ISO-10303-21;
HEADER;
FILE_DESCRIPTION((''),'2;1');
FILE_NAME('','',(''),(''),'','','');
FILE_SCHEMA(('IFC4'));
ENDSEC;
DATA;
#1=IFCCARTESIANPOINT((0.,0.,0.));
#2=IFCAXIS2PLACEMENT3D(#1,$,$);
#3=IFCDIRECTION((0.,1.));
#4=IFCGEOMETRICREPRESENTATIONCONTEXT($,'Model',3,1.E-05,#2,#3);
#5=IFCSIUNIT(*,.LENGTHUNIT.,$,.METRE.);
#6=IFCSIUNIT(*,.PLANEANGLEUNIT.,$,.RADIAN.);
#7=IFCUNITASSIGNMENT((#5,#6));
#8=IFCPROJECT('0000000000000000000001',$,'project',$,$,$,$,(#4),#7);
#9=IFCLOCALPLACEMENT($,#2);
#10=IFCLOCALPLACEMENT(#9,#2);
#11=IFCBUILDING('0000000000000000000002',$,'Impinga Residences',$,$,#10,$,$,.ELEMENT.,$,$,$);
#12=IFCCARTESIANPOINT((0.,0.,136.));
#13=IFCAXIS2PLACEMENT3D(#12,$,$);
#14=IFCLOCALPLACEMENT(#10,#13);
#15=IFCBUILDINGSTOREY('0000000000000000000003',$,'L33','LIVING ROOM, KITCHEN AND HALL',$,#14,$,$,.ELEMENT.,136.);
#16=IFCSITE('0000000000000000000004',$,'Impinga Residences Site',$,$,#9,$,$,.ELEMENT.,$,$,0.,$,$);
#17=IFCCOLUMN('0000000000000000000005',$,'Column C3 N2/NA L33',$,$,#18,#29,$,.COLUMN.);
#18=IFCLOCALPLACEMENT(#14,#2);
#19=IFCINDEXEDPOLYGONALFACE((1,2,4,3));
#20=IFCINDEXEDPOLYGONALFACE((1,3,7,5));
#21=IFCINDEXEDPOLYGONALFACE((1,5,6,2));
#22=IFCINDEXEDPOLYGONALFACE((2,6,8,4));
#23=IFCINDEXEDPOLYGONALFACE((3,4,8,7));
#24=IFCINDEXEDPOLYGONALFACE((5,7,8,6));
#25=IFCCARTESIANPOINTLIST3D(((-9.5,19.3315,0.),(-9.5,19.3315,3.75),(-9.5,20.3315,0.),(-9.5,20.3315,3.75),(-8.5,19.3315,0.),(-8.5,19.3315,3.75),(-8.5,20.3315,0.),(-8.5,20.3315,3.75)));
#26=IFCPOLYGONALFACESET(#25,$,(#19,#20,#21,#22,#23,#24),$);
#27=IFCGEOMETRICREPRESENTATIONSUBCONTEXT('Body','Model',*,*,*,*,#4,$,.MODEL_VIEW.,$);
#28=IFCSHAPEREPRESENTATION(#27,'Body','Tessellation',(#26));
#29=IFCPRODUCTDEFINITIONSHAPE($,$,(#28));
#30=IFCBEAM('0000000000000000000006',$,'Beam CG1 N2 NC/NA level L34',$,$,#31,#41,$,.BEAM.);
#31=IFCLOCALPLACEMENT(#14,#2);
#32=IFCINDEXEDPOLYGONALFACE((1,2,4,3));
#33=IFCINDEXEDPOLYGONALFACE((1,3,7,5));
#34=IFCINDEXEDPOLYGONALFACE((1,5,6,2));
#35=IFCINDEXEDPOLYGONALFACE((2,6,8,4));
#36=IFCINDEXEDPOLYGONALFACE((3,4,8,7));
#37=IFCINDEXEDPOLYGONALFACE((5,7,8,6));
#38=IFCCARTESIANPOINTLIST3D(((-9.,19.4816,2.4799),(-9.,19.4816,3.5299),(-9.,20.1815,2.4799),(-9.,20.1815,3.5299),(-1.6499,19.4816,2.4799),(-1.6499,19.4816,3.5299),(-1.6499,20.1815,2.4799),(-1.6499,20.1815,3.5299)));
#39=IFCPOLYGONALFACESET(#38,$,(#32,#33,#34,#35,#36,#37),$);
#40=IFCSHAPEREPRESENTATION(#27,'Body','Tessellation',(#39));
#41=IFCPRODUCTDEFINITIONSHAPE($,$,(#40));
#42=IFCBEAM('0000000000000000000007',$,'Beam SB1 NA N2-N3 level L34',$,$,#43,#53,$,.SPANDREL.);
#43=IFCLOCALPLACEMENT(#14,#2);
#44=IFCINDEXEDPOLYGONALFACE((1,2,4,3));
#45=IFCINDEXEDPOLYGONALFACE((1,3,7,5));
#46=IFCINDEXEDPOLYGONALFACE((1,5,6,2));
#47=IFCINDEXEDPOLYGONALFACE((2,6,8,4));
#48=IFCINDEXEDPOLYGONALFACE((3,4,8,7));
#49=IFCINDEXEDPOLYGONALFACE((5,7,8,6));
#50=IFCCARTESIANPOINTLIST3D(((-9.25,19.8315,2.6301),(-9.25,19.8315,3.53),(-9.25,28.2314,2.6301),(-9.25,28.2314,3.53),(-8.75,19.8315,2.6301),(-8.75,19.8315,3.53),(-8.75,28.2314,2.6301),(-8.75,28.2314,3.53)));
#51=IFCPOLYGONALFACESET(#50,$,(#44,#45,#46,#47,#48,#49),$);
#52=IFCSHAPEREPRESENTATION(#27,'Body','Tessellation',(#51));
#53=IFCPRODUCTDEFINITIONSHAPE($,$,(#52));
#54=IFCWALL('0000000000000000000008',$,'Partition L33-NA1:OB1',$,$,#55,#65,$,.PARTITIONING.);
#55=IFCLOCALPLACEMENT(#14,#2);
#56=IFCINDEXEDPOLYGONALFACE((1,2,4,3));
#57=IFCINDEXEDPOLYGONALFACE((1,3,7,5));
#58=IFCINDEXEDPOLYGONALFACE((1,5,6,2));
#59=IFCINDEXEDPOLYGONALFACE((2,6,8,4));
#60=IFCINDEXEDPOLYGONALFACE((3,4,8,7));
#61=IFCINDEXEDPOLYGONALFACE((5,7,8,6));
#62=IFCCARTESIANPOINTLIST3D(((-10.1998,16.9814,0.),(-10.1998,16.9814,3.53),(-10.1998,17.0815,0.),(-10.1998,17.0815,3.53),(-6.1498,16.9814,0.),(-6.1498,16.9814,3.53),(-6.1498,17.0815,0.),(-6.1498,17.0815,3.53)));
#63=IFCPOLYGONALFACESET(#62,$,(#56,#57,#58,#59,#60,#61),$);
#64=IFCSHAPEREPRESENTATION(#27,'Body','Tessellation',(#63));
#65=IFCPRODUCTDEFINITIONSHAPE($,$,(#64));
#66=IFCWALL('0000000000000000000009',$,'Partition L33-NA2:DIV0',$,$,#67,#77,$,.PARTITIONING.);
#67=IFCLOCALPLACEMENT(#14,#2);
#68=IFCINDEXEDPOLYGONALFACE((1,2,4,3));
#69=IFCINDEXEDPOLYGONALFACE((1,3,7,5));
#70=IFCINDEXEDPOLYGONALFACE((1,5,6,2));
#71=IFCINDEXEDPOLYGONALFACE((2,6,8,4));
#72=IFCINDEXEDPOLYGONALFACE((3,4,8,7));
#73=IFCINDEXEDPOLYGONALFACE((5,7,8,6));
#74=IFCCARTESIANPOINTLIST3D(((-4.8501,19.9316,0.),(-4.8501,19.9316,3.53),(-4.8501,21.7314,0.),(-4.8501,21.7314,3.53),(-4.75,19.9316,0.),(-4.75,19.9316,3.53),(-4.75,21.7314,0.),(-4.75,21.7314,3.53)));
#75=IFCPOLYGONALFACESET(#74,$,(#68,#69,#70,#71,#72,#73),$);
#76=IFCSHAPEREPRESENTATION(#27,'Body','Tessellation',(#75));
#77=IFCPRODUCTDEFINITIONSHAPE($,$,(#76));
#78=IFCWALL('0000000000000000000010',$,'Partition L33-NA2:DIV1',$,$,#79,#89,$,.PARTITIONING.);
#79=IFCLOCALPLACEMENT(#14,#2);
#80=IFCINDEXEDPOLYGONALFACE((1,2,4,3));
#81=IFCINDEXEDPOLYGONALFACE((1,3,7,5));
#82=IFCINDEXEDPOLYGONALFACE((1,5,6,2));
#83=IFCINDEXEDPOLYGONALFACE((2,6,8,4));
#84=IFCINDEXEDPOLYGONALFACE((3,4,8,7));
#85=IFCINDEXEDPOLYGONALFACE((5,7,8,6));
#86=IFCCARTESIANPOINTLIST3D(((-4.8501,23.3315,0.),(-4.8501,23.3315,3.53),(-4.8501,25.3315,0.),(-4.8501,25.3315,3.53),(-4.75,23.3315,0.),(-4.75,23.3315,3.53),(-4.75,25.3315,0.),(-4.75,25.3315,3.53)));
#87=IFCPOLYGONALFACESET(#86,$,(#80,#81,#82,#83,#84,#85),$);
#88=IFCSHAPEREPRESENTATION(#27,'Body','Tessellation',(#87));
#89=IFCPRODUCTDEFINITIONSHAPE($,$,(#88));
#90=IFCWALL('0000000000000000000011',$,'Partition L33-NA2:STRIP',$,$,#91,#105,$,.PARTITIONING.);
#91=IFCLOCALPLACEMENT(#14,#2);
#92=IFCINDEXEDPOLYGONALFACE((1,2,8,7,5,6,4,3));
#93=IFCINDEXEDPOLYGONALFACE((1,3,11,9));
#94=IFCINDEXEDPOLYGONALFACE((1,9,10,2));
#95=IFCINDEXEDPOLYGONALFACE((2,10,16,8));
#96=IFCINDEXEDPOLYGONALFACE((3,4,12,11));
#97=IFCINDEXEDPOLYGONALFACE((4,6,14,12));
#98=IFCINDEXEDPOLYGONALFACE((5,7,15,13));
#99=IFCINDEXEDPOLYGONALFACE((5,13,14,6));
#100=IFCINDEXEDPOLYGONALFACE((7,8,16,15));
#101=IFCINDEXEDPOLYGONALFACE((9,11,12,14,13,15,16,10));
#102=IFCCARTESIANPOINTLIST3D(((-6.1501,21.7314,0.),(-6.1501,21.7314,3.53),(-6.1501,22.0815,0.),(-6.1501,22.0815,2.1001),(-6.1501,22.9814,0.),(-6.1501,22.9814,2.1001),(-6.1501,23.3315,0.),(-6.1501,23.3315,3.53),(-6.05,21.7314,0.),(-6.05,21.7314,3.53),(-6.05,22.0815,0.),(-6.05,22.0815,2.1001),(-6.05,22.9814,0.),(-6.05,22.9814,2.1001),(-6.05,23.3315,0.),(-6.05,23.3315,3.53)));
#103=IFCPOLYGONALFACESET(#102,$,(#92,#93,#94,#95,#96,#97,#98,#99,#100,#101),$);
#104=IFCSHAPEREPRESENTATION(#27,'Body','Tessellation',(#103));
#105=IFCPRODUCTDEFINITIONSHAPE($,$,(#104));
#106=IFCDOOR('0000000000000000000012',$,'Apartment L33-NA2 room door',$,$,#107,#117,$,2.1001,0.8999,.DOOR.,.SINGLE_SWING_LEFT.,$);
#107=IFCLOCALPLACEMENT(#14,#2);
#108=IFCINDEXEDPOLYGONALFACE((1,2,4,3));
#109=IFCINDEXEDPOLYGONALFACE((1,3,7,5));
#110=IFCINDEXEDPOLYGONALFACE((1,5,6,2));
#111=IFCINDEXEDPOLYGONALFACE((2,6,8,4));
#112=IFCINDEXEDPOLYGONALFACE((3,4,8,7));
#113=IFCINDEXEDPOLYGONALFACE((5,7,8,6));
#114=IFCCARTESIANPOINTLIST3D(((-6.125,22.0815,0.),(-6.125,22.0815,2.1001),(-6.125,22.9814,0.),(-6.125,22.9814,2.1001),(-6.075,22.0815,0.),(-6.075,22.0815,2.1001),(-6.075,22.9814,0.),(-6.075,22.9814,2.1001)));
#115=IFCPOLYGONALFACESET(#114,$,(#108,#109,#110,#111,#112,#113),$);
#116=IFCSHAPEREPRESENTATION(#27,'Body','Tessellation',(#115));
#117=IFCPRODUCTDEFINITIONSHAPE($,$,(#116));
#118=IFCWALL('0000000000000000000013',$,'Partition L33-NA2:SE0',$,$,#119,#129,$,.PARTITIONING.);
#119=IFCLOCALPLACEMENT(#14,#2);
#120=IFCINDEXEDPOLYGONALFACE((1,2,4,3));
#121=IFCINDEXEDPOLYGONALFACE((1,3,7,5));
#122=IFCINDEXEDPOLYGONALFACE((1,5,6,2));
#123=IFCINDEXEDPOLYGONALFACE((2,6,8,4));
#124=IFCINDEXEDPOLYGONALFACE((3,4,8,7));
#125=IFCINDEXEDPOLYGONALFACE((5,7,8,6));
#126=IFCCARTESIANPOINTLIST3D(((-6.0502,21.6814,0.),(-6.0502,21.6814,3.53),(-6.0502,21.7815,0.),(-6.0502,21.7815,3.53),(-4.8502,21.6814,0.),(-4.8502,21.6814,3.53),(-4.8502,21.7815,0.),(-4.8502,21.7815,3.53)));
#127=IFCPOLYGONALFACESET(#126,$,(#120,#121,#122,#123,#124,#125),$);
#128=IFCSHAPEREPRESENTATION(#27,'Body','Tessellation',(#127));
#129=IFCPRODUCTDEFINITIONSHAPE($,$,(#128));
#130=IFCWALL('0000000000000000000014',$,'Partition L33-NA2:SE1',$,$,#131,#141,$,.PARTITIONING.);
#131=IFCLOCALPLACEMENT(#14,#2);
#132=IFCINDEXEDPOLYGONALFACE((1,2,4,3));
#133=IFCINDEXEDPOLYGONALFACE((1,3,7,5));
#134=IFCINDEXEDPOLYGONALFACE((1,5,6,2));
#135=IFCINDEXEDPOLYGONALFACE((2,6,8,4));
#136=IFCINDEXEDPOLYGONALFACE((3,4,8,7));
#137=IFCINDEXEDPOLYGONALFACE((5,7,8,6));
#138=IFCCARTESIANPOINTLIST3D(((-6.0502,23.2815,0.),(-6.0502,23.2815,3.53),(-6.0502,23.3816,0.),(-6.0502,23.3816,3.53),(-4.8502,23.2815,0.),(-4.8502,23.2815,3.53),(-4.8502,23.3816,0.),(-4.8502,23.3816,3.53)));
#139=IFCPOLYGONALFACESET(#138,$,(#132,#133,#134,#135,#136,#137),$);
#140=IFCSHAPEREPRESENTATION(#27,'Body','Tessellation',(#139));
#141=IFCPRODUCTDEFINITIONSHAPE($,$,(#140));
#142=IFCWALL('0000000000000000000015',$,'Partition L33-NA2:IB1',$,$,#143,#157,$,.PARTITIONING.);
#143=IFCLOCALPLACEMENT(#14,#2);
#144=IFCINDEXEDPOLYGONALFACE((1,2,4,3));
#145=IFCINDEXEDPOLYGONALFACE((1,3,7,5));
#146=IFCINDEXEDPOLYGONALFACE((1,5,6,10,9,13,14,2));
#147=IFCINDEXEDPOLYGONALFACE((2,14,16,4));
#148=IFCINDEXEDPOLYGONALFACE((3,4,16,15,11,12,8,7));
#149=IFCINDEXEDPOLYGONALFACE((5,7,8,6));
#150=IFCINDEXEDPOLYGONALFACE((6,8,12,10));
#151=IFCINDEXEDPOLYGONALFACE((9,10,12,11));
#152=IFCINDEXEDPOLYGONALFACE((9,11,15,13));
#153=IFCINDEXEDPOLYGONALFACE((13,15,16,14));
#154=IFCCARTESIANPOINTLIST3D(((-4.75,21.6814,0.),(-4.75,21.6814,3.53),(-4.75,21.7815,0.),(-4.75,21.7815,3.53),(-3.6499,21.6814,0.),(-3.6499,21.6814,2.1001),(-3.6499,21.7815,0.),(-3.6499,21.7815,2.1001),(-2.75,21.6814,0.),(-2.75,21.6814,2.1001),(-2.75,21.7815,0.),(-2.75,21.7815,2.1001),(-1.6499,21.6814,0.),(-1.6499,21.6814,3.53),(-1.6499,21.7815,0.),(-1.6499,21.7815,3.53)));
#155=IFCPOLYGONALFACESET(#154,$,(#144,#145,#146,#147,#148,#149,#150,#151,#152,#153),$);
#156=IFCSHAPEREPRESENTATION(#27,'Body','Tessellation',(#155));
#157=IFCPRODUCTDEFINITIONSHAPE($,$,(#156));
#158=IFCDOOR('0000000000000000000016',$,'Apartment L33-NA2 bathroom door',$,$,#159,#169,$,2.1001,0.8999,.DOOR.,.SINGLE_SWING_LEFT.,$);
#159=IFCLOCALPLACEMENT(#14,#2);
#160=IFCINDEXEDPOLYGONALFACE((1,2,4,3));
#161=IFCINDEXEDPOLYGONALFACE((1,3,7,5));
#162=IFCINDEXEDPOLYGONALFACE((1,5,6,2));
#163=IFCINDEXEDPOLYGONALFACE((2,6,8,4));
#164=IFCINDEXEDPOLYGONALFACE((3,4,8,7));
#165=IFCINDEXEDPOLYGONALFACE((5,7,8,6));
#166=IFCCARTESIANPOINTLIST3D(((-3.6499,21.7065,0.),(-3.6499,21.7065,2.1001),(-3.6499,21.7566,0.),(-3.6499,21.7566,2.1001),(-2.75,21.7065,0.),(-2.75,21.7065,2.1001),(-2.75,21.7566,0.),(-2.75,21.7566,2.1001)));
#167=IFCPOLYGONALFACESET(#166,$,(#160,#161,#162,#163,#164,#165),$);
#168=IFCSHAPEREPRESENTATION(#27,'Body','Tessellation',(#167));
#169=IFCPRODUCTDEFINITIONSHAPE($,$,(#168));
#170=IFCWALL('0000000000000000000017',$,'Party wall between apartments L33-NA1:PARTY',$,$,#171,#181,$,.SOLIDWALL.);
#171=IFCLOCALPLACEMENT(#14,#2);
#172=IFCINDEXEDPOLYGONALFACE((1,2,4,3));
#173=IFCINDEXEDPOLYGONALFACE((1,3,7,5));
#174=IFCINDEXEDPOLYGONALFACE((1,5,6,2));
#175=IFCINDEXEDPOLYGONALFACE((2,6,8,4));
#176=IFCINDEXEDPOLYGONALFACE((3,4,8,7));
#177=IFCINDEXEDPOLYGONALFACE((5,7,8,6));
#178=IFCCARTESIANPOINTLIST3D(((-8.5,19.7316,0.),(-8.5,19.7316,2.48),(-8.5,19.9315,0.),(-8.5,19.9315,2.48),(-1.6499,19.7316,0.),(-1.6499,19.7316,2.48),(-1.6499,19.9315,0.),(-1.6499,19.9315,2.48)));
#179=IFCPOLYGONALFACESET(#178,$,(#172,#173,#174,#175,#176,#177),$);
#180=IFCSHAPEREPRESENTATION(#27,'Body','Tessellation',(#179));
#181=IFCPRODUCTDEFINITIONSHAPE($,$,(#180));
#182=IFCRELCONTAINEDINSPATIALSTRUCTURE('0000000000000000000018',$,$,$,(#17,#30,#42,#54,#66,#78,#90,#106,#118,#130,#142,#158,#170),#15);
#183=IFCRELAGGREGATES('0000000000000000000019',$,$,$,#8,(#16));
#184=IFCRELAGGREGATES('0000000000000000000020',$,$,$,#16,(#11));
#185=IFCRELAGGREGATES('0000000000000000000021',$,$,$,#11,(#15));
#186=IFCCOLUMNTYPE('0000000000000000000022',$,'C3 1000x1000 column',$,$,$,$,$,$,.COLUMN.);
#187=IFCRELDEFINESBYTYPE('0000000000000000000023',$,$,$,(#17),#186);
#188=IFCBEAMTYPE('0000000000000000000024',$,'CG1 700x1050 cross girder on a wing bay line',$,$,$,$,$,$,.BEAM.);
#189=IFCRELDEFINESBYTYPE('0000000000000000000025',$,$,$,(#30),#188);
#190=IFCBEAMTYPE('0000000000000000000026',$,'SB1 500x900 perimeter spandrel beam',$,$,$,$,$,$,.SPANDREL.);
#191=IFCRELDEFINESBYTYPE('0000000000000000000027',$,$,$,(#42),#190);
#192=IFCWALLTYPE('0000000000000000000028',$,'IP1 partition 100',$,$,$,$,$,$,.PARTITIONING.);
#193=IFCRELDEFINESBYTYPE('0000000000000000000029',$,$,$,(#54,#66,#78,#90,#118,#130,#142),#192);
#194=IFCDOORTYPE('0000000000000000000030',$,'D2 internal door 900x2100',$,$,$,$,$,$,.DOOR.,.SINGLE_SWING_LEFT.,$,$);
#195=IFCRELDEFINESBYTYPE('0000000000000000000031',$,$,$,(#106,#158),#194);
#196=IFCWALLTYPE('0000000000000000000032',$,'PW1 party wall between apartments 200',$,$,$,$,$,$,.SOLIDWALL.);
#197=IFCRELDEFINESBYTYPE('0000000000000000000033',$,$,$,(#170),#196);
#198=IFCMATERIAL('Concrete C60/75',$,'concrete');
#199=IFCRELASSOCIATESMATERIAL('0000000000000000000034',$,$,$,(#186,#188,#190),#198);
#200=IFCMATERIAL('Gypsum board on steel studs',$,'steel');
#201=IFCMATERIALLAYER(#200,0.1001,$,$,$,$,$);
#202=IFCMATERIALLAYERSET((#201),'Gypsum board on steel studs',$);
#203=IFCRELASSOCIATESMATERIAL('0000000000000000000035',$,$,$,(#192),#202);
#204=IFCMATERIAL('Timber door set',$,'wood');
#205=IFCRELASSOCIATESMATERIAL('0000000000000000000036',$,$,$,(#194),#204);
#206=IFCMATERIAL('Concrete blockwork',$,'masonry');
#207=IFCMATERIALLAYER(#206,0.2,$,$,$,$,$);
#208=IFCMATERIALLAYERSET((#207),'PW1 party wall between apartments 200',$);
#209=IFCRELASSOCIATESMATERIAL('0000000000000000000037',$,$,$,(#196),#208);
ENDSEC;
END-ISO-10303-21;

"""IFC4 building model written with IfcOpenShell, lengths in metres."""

from ifc_helpers import new_model, si_unit, direction, frame, frame_2d, origin, origin_2d, place, context, subcontext, project, spatial, rectangle, extrude, material, layer, layer_set, material_profile, profile_set, type_object, element, fill, save


model = new_model("IFC4")

# Units and contexts
model_context = context("Model", 3, precision=1e-05, world=origin(), true_north=direction((0.0, 1.0)))
body_context = subcontext(model_context, "Body", "Model", "MODEL_VIEW")
ifc_project = project(units=[si_unit("LENGTHUNIT", "METRE"), si_unit("PLANEANGLEUNIT", "RADIAN")], contexts=[model_context])

# Site, building, storey
site_placement = place(None, origin())
site = spatial("IfcSite", under=ifc_project, at=site_placement, Name="Impinga Residences Site", CompositionType="ELEMENT", RefElevation=0.0)
building_placement = place(site_placement, origin())
building = spatial("IfcBuilding", under=site, at=building_placement, Name="Impinga Residences", CompositionType="ELEMENT")
storey_placement = place(building_placement, frame((0.0, 0.0, 136.0)))
storey = spatial("IfcBuildingStorey", under=building, at=storey_placement, Name="L33", Description="LIVING ROOM, KITCHEN AND HALL", CompositionType="ELEMENT", Elevation=136.0)

# Column
ifc_material_1 = material(Name="Concrete C60/75", Category="concrete")
ifc_material_profile_1 = material_profile(ifc_material_1, rectangle(XDim=1.0, YDim=1.0, at=origin_2d()), Name="RC 1000x1000")
ifc_profile_set_1 = profile_set([ifc_material_profile_1], Name="Concrete C60/75")
column_type = type_object("IfcColumnType", Name="C3 1000x1000 column", PredefinedType="COLUMN", material=ifc_profile_set_1)
column_placement = place(storey_placement, frame((-9.0, 19.8315, 0.0), z_axis=(0.0, 0.0, 1.0), x_axis=(1.0, 0.0, 0.0)))
element("IfcColumn", 1, at=column_placement, inside=storey, type_object=column_type, Name="Column C3 N2/NA L33", PredefinedType="COLUMN", context=body_context, shape_type="SweptSolid", body=[
    extrude(rectangle(XDim=1.0, YDim=1.0, at=origin_2d()), origin(), (0.0, 0.0, 1.0), 3.75),
])

# Beams
ifc_material_profile_2 = material_profile(ifc_material_1, rectangle(XDim=0.7, YDim=1.05, at=origin_2d()), Name="RC 700x1050")
ifc_profile_set_2 = profile_set([ifc_material_profile_2], Name="Concrete C60/75")
beam_type_1 = type_object("IfcBeamType", Name="CG1 700x1050 cross girder on a wing bay line", PredefinedType="BEAM", material=ifc_profile_set_2)
beam_1_placement = place(storey_placement, frame((-1.6499, 19.8315, 3.0049), z_axis=(-1.0, 0.0, 0.0), x_axis=(0.0, -1.0, 0.0)))
element("IfcBeam", 2, at=beam_1_placement, inside=storey, type_object=beam_type_1, Name="Beam CG1 N2 NC/NA level L34", PredefinedType="BEAM", context=body_context, shape_type="SweptSolid", body=[
    extrude(rectangle(XDim=0.7, YDim=1.05, at=origin_2d()), origin(), (0.0, 0.0, 1.0), 7.3501),
])
ifc_material_profile_3 = material_profile(ifc_material_1, rectangle(XDim=0.5, YDim=0.8999, at=origin_2d()), Name="RC 500x900")
ifc_profile_set_3 = profile_set([ifc_material_profile_3], Name="Concrete C60/75")
beam_type_2 = type_object("IfcBeamType", Name="SB1 500x900 perimeter spandrel beam", PredefinedType="SPANDREL", material=ifc_profile_set_3)
beam_2_placement = place(storey_placement, frame((-9.0, 19.8315, 3.0801), z_axis=(0.0, 1.0, 0.0), x_axis=(-1.0, 0.0, 0.0)))
element("IfcBeam", 3, at=beam_2_placement, inside=storey, type_object=beam_type_2, Name="Beam SB1 NA N2-N3 level L34", PredefinedType="SPANDREL", context=body_context, shape_type="SweptSolid", body=[
    extrude(rectangle(XDim=0.5, YDim=0.8999, at=origin_2d()), origin(), (0.0, 0.0, 1.0), 8.3999),
])

# Walls
ifc_material_2 = material(Name="Gypsum board on steel studs", Category="steel")
ifc_layer_1 = layer(ifc_material_2, 0.1001)
ifc_layer_set_1 = layer_set([ifc_layer_1], Name="Gypsum board on steel studs")
wall_type_1 = type_object("IfcWallType", Name="IP1 partition 100", PredefinedType="PARTITIONING", material=ifc_layer_set_1)
wall_1_placement = place(storey_placement, frame((-6.1499, 17.0315, 0.0), z_axis=(0.0, 0.0, 1.0), x_axis=(-1.0, 0.0, 0.0)))
element("IfcWall", 4, at=wall_1_placement, inside=storey, type_object=wall_type_1, Name="Partition L33-NA1:OB1", PredefinedType="PARTITIONING", context=body_context, shape_type="SweptSolid", body=[
    extrude(rectangle(XDim=4.05, YDim=0.1001, at=frame_2d((2.0249, 0.0))), origin(), (0.0, 0.0, 1.0), 3.53),
])
wall_2_placement = place(storey_placement, frame((-4.8, 19.9316, 0.0), z_axis=(0.0, 0.0, 1.0), x_axis=(0.0, 1.0, 0.0)))
element("IfcWall", 5, at=wall_2_placement, inside=storey, type_object=wall_type_1, Name="Partition L33-NA2:DIV0", PredefinedType="PARTITIONING", context=body_context, shape_type="SweptSolid", body=[
    extrude(rectangle(XDim=1.7998, YDim=0.1001, at=frame_2d((0.8999, 0.0))), origin(), (0.0, 0.0, 1.0), 3.53),
])
wall_3_placement = place(storey_placement, frame((-4.8, 23.3315, 0.0), z_axis=(0.0, 0.0, 1.0), x_axis=(0.0, 1.0, 0.0)))
element("IfcWall", 6, at=wall_3_placement, inside=storey, type_object=wall_type_1, Name="Partition L33-NA2:DIV1", PredefinedType="PARTITIONING", context=body_context, shape_type="SweptSolid", body=[
    extrude(rectangle(XDim=2.0, YDim=0.1001, at=frame_2d((1.0, 0.0))), origin(), (0.0, 0.0, 1.0), 3.53),
])

# Wall, opening, door
wall_4_placement = place(storey_placement, frame((-6.1001, 21.7314, 0.0), z_axis=(0.0, 0.0, 1.0), x_axis=(0.0, 1.0, 0.0)))
wall_4 = element("IfcWall", 7, at=wall_4_placement, inside=storey, type_object=wall_type_1, Name="Partition L33-NA2:STRIP", PredefinedType="PARTITIONING", context=body_context, shape_type="SweptSolid", body=[
    extrude(rectangle(XDim=1.6001, YDim=0.1001, at=frame_2d((0.8, 0.0))), origin(), (0.0, 0.0, 1.0), 3.53),
])
opening_1_placement = place(wall_4_placement, frame((0.3501, 0.0, 0.0)))
opening_1 = element("IfcOpeningElement", 8, at=opening_1_placement, cuts=wall_4, PredefinedType="OPENING", context=body_context, shape_type="SweptSolid", body=[
    extrude(rectangle(XDim=0.8999, YDim=2.1001, at=frame_2d((0.45, 1.05))), frame((0.0, 0.0601, 0.0), z_axis=(0.0, -1.0, 0.0), x_axis=(1.0, 0.0, 0.0)), (0.0, 0.0, 1.0), 0.1201),
])
ifc_material_3 = material(Name="Timber door set", Category="wood")
door_type = type_object("IfcDoorType", Name="D2 internal door 900x2100", OperationType="SINGLE_SWING_LEFT", PredefinedType="DOOR", material=ifc_material_3)
door_1_placement = place(opening_1_placement, origin())
door_1 = element("IfcDoor", 9, at=door_1_placement, inside=storey, type_object=door_type, Name="Apartment L33-NA2 room door", OperationType="SINGLE_SWING_LEFT", OverallHeight=2.1001, OverallWidth=0.8999, PredefinedType="DOOR", context=body_context, shape_type="SweptSolid", body=[
    extrude(rectangle(XDim=0.8999, YDim=2.1001, at=frame_2d((0.45, 1.05))), frame((0.0, 0.0249, 0.0), z_axis=(0.0, -1.0, 0.0), x_axis=(1.0, 0.0, 0.0)), (0.0, 0.0, 1.0), 0.05),
])
fill(opening_1, door_1)

# Walls
for number, where, z_axis, x_axis, name in (
    (10, (-4.8501, 21.7314, 0.0), (0.0, 0.0, 1.0), (-1.0, 0.0, 0.0), "Partition L33-NA2:SE0"),
    (11, (-4.8501, 23.3315, 0.0), (0.0, 0.0, 1.0), (-1.0, 0.0, 0.0), "Partition L33-NA2:SE1"),
):
    element("IfcWall", number, at=place(storey_placement, frame(where, z_axis=z_axis, x_axis=x_axis)), inside=storey, type_object=wall_type_1, Name=name, PredefinedType="PARTITIONING", context=body_context, shape_type="SweptSolid", body=[
        extrude(rectangle(XDim=1.2, YDim=0.1001, at=frame_2d((0.6001, 0.0))), origin(), (0.0, 0.0, 1.0), 3.53),
    ])

# Wall, opening, door
wall_5_placement = place(storey_placement, frame((-1.6499, 21.7314, 0.0), z_axis=(0.0, 0.0, 1.0), x_axis=(-1.0, 0.0, 0.0)))
wall_5 = element("IfcWall", 12, at=wall_5_placement, inside=storey, type_object=wall_type_1, Name="Partition L33-NA2:IB1", PredefinedType="PARTITIONING", context=body_context, shape_type="SweptSolid", body=[
    extrude(rectangle(XDim=3.1001, YDim=0.1001, at=frame_2d((1.55, 0.0))), origin(), (0.0, 0.0, 1.0), 3.53),
])
opening_2_placement = place(wall_5_placement, frame((1.1001, 0.0, 0.0)))
opening_2 = element("IfcOpeningElement", 13, at=opening_2_placement, cuts=wall_5, PredefinedType="OPENING", context=body_context, shape_type="SweptSolid", body=[
    extrude(rectangle(XDim=0.8999, YDim=2.1001, at=frame_2d((0.45, 1.05))), frame((0.0, 0.0601, 0.0), z_axis=(0.0, -1.0, 0.0), x_axis=(1.0, 0.0, 0.0)), (0.0, 0.0, 1.0), 0.1201),
])
door_2_placement = place(opening_2_placement, origin())
door_2 = element("IfcDoor", 14, at=door_2_placement, inside=storey, type_object=door_type, Name="Apartment L33-NA2 bathroom door", OperationType="SINGLE_SWING_LEFT", OverallHeight=2.1001, OverallWidth=0.8999, PredefinedType="DOOR", context=body_context, shape_type="SweptSolid", body=[
    extrude(rectangle(XDim=0.8999, YDim=2.1001, at=frame_2d((0.45, 1.05))), frame((0.0, 0.0249, 0.0), z_axis=(0.0, -1.0, 0.0), x_axis=(1.0, 0.0, 0.0)), (0.0, 0.0, 1.0), 0.05),
])
fill(opening_2, door_2)

# Wall
ifc_material_4 = material(Name="Concrete blockwork", Category="masonry")
ifc_layer_2 = layer(ifc_material_4, 0.2)
ifc_layer_set_2 = layer_set([ifc_layer_2], Name="PW1 party wall between apartments 200")
wall_type_2 = type_object("IfcWallType", Name="PW1 party wall between apartments 200", PredefinedType="SOLIDWALL", material=ifc_layer_set_2)
wall_6_placement = place(storey_placement, frame((-1.6499, 19.8315, 0.0), z_axis=(0.0, 0.0, 1.0), x_axis=(-1.0, 0.0, 0.0)))
element("IfcWall", 15, at=wall_6_placement, inside=storey, type_object=wall_type_2, Name="Party wall between apartments L33-NA1:PARTY", PredefinedType="SOLIDWALL", context=body_context, shape_type="SweptSolid", body=[
    extrude(rectangle(XDim=6.8501, YDim=0.2, at=frame_2d((3.425, 0.0))), origin(), (0.0, 0.0, 1.0), 2.48),
])

save(model, "model.ifc")
